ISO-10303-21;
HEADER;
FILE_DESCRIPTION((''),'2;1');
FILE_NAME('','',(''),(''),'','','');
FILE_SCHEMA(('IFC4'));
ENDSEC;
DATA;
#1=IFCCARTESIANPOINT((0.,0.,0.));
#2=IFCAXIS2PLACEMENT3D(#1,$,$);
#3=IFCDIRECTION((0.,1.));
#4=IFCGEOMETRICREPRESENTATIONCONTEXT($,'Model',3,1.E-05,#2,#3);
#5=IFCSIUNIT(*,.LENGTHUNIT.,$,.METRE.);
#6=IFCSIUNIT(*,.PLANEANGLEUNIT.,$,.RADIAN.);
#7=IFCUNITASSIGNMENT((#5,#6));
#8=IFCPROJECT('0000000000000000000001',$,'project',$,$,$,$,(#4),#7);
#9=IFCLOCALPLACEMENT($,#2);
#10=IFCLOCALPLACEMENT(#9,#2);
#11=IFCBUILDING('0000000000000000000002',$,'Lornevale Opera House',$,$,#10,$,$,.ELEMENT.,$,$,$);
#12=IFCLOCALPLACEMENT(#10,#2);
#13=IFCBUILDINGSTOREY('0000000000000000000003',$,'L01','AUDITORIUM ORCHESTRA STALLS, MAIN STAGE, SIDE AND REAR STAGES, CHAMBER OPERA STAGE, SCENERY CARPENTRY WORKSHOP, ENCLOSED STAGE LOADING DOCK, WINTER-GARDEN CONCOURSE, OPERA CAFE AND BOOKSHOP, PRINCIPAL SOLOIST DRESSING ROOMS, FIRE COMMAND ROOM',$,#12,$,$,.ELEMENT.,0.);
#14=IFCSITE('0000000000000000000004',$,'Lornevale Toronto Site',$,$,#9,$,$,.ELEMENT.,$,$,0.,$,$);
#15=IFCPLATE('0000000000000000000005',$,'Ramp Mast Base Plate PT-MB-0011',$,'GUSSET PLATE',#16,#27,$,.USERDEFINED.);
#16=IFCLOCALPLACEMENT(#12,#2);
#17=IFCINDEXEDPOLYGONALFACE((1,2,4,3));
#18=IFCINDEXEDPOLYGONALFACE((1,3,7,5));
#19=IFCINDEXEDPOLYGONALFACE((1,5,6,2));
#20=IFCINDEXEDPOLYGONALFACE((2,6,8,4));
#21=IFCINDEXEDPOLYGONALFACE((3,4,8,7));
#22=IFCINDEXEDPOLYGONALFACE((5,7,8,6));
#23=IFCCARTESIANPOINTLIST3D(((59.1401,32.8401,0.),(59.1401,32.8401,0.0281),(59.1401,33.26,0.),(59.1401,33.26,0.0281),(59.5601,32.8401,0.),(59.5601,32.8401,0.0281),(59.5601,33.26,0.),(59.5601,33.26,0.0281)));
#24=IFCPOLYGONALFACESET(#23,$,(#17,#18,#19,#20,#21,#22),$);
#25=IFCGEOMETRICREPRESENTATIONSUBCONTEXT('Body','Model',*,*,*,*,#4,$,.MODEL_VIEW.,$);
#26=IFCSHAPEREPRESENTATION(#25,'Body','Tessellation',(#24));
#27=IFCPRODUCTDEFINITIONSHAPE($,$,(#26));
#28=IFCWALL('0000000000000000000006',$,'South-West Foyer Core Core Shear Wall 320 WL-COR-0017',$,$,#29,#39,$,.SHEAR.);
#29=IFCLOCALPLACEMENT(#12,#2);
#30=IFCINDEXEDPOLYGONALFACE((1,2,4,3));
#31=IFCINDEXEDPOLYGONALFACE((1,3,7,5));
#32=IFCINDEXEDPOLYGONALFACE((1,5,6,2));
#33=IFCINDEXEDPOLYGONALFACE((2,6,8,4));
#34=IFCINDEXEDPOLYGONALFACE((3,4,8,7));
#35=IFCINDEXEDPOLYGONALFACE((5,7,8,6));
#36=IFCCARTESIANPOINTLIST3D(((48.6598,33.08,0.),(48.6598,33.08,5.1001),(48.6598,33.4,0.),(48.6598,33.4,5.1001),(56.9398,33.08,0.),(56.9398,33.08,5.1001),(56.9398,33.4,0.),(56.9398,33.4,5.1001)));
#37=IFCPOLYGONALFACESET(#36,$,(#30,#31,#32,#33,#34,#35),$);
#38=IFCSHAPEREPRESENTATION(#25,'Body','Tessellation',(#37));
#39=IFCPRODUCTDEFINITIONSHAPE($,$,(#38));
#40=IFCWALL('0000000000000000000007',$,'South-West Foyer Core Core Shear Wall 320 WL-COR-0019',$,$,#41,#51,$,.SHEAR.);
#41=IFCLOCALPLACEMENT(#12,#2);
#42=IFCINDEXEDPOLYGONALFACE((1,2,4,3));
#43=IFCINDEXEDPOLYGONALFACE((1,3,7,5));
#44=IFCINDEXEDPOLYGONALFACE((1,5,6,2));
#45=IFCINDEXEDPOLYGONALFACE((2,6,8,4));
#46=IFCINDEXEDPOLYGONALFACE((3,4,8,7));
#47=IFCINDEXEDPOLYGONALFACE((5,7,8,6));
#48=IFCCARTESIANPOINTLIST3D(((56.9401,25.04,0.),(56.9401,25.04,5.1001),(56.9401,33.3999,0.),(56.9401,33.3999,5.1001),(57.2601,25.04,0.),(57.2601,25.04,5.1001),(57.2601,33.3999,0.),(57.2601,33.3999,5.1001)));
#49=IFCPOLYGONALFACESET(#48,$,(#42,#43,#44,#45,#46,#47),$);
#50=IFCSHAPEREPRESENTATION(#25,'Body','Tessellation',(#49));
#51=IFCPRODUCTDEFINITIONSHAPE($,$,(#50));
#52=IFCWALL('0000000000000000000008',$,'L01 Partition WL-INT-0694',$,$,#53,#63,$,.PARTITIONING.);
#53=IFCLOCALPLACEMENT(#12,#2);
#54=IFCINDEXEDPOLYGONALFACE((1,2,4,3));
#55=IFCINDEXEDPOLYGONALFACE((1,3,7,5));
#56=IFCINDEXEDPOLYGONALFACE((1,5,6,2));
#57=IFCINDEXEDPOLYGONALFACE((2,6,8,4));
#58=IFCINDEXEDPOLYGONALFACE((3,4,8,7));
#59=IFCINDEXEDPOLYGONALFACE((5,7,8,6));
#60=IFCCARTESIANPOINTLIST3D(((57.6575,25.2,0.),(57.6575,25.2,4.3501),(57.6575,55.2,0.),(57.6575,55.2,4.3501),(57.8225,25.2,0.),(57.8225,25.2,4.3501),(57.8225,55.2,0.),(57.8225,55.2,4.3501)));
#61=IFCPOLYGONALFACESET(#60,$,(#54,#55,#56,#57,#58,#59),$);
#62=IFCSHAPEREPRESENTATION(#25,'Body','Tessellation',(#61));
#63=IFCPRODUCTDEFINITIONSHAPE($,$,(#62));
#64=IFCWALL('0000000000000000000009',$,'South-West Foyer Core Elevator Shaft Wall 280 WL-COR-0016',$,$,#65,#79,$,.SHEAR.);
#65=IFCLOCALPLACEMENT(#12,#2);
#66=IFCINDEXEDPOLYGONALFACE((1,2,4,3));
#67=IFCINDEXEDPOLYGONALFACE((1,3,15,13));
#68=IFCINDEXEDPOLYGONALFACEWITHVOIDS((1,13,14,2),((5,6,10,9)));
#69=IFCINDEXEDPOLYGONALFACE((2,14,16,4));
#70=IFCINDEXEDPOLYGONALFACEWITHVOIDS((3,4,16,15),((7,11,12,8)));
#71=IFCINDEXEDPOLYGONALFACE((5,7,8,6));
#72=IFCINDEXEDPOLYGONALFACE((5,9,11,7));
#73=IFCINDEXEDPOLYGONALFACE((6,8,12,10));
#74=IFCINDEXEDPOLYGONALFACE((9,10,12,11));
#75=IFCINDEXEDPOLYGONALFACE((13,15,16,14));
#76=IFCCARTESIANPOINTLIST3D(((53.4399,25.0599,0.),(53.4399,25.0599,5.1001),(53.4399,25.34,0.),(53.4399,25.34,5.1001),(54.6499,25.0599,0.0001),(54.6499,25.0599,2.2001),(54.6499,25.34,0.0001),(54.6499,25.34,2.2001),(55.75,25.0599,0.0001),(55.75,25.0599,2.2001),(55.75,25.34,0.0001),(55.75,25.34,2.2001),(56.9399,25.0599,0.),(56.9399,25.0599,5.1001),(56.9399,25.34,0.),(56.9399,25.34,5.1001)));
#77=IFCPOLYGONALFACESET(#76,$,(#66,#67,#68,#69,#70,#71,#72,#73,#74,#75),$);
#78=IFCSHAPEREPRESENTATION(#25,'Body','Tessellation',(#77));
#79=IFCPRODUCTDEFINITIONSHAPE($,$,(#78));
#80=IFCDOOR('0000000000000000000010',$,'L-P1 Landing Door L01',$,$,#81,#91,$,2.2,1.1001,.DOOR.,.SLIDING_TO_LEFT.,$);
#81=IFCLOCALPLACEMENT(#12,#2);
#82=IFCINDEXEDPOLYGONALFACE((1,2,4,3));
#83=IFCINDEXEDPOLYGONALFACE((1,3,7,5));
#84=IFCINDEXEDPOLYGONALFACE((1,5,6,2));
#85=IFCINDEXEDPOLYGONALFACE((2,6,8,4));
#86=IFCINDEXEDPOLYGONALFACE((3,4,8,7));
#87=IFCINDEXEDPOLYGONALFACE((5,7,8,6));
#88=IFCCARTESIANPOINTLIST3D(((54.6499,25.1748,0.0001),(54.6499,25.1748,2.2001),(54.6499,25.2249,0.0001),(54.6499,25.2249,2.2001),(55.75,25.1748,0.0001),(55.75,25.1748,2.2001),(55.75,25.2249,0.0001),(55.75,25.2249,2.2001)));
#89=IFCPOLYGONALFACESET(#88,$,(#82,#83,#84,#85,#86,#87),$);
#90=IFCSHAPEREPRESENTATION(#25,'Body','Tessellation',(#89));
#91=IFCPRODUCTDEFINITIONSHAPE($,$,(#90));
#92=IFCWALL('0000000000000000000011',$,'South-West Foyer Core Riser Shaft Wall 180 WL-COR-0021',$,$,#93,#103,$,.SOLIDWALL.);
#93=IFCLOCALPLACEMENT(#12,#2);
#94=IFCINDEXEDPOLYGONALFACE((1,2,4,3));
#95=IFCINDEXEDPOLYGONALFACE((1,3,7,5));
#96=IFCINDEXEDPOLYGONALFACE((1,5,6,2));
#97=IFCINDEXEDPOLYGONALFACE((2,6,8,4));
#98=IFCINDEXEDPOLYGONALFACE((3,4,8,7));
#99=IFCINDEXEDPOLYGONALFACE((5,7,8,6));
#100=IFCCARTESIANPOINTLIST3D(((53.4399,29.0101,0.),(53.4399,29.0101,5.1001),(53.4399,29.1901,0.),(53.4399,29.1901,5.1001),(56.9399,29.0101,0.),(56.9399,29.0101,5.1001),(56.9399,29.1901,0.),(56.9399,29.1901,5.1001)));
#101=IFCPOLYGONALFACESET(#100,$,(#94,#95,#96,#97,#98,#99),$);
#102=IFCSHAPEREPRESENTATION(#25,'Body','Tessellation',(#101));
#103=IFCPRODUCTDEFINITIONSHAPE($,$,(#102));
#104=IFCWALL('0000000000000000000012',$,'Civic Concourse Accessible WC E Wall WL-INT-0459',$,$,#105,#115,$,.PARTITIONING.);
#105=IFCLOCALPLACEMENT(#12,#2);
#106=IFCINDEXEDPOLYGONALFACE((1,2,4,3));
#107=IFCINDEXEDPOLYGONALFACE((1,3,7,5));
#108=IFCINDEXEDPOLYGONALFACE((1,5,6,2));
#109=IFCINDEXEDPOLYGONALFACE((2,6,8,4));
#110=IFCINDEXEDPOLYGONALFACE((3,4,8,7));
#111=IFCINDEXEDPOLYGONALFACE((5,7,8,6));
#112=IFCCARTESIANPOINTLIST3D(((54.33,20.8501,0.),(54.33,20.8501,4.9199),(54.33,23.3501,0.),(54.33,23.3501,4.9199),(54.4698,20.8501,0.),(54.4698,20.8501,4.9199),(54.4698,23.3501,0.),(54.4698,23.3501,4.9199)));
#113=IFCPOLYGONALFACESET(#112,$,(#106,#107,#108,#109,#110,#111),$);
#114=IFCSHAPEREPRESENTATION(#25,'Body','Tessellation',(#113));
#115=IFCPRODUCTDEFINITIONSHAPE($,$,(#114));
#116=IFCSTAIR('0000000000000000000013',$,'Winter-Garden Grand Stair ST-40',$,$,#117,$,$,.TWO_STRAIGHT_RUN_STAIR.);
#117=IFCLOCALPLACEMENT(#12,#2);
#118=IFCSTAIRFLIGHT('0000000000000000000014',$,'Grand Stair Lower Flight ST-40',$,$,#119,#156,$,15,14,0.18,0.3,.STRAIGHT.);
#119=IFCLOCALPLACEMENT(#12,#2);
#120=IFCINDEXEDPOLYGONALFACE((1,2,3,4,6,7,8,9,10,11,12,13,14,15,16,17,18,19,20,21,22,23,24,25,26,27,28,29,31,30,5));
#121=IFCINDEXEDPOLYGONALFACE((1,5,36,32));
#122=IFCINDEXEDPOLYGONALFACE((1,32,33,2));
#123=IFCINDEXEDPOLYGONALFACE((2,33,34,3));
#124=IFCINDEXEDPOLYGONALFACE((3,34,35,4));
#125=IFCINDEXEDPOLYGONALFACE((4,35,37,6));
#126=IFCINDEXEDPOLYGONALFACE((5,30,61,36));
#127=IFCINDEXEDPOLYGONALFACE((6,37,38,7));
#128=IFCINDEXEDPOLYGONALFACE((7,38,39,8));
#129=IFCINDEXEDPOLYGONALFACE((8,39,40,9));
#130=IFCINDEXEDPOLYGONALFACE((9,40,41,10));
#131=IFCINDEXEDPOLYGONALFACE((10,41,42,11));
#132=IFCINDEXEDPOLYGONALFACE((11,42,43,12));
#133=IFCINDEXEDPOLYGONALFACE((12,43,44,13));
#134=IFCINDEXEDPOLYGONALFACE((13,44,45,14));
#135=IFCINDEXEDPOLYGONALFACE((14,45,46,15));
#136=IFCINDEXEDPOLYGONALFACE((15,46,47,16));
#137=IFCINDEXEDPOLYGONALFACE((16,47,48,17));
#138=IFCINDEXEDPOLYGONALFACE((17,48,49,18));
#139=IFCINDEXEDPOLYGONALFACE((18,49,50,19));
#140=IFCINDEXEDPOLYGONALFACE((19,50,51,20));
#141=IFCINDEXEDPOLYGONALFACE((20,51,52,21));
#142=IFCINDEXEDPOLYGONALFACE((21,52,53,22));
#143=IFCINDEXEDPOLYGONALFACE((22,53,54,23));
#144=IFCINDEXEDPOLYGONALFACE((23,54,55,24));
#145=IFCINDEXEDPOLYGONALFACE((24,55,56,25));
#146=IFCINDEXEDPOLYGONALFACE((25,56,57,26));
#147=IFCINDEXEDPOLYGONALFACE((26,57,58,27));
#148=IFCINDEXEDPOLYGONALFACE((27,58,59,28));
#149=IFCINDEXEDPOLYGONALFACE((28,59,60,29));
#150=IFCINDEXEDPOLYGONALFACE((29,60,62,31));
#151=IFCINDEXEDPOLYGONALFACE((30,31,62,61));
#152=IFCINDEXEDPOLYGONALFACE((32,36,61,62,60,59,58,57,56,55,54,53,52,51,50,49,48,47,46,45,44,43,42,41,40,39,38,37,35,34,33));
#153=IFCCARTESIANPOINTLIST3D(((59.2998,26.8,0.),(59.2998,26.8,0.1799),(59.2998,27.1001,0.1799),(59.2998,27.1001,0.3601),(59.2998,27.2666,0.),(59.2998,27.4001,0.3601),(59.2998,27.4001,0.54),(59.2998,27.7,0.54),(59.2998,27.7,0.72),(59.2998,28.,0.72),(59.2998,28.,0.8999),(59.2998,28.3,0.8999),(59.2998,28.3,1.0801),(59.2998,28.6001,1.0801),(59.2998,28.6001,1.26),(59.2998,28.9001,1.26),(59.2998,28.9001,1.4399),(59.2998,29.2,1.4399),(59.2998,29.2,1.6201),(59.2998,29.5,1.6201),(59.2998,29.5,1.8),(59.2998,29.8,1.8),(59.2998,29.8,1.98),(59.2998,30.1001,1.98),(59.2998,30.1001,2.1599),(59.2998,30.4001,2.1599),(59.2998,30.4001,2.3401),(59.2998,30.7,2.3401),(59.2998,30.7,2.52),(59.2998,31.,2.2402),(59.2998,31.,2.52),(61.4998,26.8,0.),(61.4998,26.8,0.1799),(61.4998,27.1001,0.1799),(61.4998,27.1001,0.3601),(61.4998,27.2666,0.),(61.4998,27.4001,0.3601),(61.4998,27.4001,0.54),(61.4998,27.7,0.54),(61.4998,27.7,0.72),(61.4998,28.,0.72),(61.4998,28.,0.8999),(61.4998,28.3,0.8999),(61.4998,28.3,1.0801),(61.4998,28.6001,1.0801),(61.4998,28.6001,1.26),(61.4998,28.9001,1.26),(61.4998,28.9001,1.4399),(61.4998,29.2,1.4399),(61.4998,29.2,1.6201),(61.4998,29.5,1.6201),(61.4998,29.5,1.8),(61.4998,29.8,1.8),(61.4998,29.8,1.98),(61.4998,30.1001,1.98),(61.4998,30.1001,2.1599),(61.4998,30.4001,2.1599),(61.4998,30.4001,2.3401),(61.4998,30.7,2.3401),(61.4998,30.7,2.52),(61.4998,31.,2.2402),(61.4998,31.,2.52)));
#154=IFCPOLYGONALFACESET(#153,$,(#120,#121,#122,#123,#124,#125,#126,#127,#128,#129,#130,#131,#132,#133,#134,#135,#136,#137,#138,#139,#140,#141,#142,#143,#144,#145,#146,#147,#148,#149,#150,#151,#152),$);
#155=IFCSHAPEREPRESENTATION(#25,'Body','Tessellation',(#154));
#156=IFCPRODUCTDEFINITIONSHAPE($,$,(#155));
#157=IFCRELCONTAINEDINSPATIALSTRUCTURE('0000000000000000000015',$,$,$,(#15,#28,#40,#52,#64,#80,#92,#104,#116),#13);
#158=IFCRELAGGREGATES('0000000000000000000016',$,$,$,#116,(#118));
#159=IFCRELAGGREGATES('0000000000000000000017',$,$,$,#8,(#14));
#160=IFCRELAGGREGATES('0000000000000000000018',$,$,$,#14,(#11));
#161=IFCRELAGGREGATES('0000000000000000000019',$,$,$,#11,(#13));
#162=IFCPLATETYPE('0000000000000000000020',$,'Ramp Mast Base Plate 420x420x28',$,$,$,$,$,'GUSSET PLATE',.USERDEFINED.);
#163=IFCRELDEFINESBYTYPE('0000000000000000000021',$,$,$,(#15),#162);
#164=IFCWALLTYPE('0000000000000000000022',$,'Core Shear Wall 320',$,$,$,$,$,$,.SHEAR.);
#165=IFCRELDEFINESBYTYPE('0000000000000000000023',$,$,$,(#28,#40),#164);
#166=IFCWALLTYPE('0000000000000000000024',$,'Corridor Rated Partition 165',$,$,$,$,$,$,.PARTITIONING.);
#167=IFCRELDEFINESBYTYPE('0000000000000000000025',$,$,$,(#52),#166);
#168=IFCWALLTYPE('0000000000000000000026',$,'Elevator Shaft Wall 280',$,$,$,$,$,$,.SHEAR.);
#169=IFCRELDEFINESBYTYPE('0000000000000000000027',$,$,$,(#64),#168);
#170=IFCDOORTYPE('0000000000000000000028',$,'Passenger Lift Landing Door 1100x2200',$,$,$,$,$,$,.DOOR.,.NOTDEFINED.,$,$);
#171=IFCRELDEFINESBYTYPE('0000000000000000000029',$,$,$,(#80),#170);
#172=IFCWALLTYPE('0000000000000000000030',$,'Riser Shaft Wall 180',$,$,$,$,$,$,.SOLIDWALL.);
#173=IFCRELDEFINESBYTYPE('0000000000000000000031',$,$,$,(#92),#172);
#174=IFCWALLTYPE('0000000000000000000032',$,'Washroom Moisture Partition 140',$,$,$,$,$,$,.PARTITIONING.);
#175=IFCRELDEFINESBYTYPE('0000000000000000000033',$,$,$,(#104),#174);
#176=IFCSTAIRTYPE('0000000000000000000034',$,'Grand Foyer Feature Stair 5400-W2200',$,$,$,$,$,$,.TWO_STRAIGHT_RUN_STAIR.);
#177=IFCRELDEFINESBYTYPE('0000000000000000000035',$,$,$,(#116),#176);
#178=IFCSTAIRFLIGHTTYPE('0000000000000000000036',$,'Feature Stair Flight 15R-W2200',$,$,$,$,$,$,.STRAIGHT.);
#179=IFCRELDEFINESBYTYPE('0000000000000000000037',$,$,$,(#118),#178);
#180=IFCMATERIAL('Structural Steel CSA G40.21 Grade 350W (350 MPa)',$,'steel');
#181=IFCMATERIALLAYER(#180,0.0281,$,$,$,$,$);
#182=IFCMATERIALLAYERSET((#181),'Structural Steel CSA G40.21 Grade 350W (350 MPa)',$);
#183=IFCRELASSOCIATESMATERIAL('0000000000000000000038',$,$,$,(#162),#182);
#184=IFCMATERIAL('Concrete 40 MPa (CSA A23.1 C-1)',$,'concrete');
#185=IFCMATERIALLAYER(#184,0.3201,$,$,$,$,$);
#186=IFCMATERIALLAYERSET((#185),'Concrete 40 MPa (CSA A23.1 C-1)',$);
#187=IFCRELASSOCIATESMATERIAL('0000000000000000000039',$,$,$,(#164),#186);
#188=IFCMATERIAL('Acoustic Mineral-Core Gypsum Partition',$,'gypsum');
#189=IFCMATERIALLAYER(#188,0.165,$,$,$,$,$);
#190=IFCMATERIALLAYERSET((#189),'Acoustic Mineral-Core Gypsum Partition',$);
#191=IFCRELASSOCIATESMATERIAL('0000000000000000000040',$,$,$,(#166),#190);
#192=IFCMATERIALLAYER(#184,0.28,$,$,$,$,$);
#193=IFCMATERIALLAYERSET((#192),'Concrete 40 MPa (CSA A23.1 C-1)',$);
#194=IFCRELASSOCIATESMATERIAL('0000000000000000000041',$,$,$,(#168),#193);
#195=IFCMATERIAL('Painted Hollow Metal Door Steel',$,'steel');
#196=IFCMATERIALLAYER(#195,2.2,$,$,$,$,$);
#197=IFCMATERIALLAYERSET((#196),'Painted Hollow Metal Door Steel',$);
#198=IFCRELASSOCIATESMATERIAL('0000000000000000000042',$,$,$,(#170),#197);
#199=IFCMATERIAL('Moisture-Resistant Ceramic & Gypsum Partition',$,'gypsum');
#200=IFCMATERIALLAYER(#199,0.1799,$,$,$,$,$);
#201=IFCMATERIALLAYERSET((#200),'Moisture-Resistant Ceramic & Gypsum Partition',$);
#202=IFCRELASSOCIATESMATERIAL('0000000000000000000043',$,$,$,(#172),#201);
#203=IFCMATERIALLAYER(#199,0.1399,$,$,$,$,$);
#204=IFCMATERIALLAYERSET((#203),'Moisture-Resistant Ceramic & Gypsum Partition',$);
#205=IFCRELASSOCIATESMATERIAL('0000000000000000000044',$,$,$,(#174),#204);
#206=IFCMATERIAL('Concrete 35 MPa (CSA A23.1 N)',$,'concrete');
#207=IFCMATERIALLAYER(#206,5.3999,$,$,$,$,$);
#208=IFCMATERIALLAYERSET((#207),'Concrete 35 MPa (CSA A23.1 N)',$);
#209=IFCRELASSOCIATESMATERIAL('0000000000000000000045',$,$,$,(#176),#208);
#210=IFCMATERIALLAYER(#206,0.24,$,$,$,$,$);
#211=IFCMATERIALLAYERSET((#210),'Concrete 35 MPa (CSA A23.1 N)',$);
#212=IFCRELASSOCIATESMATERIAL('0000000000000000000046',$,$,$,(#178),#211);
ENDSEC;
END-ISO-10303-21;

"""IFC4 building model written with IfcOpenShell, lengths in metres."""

from ifc_helpers import new_model, si_unit, direction, frame, frame_2d, origin, origin_2d, place, context, subcontext, project, spatial, polyline, rectangle, outline, extrude, material, layer, layer_set, type_object, element, fill, aggregate, save


model = new_model("IFC4")

# Units and contexts
model_context = context("Model", 3, precision=1e-05, world=origin(), true_north=direction((0.0, 1.0)))
body_context = subcontext(model_context, "Body", "Model", "MODEL_VIEW")
ifc_project = project(units=[si_unit("LENGTHUNIT", "METRE"), si_unit("PLANEANGLEUNIT", "RADIAN")], contexts=[model_context])

# Site, building, storey
site_placement = place(None, origin())
site = spatial("IfcSite", under=ifc_project, at=site_placement, Name="Lornevale Toronto Site", CompositionType="ELEMENT", RefElevation=0.0)
building_placement = place(site_placement, origin())
building = spatial("IfcBuilding", under=site, at=building_placement, Name="Lornevale Opera House", CompositionType="ELEMENT")
storey_placement = place(building_placement, origin())
storey = spatial("IfcBuildingStorey", under=building, at=storey_placement, Name="L01", Description="AUDITORIUM ORCHESTRA STALLS, MAIN STAGE, SIDE AND REAR STAGES, CHAMBER OPERA STAGE, SCENERY CARPENTRY WORKSHOP, ENCLOSED STAGE LOADING DOCK, WINTER-GARDEN CONCOURSE, OPERA CAFE AND BOOKSHOP, PRINCIPAL SOLOIST DRESSING ROOMS, FIRE COMMAND ROOM", CompositionType="ELEMENT", Elevation=0.0)

# Shared definitions
ifc_material_1 = material(Name="Concrete 40 MPa (CSA A23.1 C-1)", Category="concrete")
ifc_material_2 = material(Name="Structural Steel CSA G40.21 Grade 350W (350 MPa)", Category="steel")

# Shared definitions
ifc_material_3 = material(Name="Concrete 35 MPa (CSA A23.1 N)", Category="concrete")

# Plate
ifc_layer_1 = layer(ifc_material_2, 0.0281)
ifc_layer_set_1 = layer_set([ifc_layer_1], Name="Structural Steel CSA G40.21 Grade 350W (350 MPa)")
plate_type_1 = type_object("IfcPlateType", Name="Ramp Mast Base Plate 420x420x28", ElementType="GUSSET PLATE", PredefinedType="USERDEFINED", material=ifc_layer_set_1)
for number, where, z_axis, x_axis, name in (
    (1, (59.3501, 33.05, 0.0), (0.0, 0.0, 1.0), (1.0, 0.0, 0.0), "Ramp Mast Base Plate PT-MB-0011"),
):
    element("IfcPlate", number, at=place(storey_placement, frame(where, z_axis=z_axis, x_axis=x_axis)), inside=storey, type_object=plate_type_1, Name=name, ObjectType="GUSSET PLATE", PredefinedType="USERDEFINED", context=body_context, shape_type="SweptSolid", body=[
        extrude(rectangle(XDim=0.4199, YDim=0.4199, at=origin_2d()), origin(), (0.0, 0.0, 1.0), 0.0281),
    ])

# Walls
ifc_layer_2 = layer(ifc_material_1, 0.3201)
ifc_layer_set_2 = layer_set([ifc_layer_2], Name="Concrete 40 MPa (CSA A23.1 C-1)")
wall_type_1 = type_object("IfcWallType", Name="Core Shear Wall 320", PredefinedType="SHEAR", material=ifc_layer_set_2)
wall_1_placement = place(storey_placement, frame((56.9399, 33.24, 0.0), z_axis=(0.0, 0.0, 1.0), x_axis=(-1.0, 0.0, 0.0)))
element("IfcWall", 2, at=wall_1_placement, inside=storey, type_object=wall_type_1, Name="South-West Foyer Core Core Shear Wall 320 WL-COR-0017", PredefinedType="SHEAR", context=body_context, shape_type="SweptSolid", body=[
    extrude(rectangle(XDim=8.28, YDim=0.3201, at=frame_2d((4.1401, 0.0))), origin(), (0.0, 0.0, 1.0), 5.1001),
])
wall_2_placement = place(storey_placement, frame((57.1001, 25.04, 0.0), z_axis=(0.0, 0.0, 1.0), x_axis=(0.0, 1.0, 0.0)))
element("IfcWall", 3, at=wall_2_placement, inside=storey, type_object=wall_type_1, Name="South-West Foyer Core Core Shear Wall 320 WL-COR-0019", PredefinedType="SHEAR", context=body_context, shape_type="SweptSolid", body=[
    extrude(rectangle(XDim=8.3599, YDim=0.3201, at=frame_2d((4.1799, 0.0))), origin(), (0.0, 0.0, 1.0), 5.1001),
])
ifc_material_4 = material(Name="Acoustic Mineral-Core Gypsum Partition", Category="gypsum")
ifc_layer_3 = layer(ifc_material_4, 0.165)
ifc_layer_set_3 = layer_set([ifc_layer_3], Name="Acoustic Mineral-Core Gypsum Partition")
wall_type_2 = type_object("IfcWallType", Name="Corridor Rated Partition 165", PredefinedType="PARTITIONING", material=ifc_layer_set_3)
wall_3_placement = place(storey_placement, frame((57.74, 25.2, 0.0), z_axis=(0.0, 0.0, 1.0), x_axis=(0.0, 1.0, 0.0)))
element("IfcWall", 4, at=wall_3_placement, inside=storey, type_object=wall_type_2, Name="L01 Partition WL-INT-0694", PredefinedType="PARTITIONING", context=body_context, shape_type="SweptSolid", body=[
    extrude(rectangle(XDim=30.0, YDim=0.165, at=frame_2d((15.0, 0.0))), origin(), (0.0, 0.0, 1.0), 4.3501),
])

# Wall, opening, door
ifc_layer_4 = layer(ifc_material_1, 0.28)
ifc_layer_set_4 = layer_set([ifc_layer_4], Name="Concrete 40 MPa (CSA A23.1 C-1)")
wall_type_3 = type_object("IfcWallType", Name="Elevator Shaft Wall 280", PredefinedType="SHEAR", material=ifc_layer_set_4)
wall_4_placement = place(storey_placement, frame((53.4399, 25.2, 0.0), z_axis=(0.0, 0.0, 1.0), x_axis=(1.0, 0.0, 0.0)))
wall_4 = element("IfcWall", 5, at=wall_4_placement, inside=storey, type_object=wall_type_3, Name="South-West Foyer Core Elevator Shaft Wall 280 WL-COR-0016", PredefinedType="SHEAR", context=body_context, shape_type="SweptSolid", body=[
    extrude(rectangle(XDim=3.5, YDim=0.28, at=frame_2d((1.75, 0.0))), origin(), (0.0, 0.0, 1.0), 5.1001),
])
opening_placement = place(wall_4_placement, frame((1.21, 0.0, 0.0)))
opening = element("IfcOpeningElement", 6, at=opening_placement, cuts=wall_4, PredefinedType="OPENING", context=body_context, shape_type="SweptSolid", body=[
    extrude(rectangle(XDim=1.1001, YDim=2.2, at=frame_2d((0.55, 1.1001))), frame((0.0, 0.1499, 0.0), z_axis=(0.0, -1.0, 0.0), x_axis=(1.0, 0.0, 0.0)), (0.0, 0.0, 1.0), 0.3),
])
ifc_material_5 = material(Name="Painted Hollow Metal Door Steel", Category="steel")
ifc_layer_5 = layer(ifc_material_5, 2.2)
ifc_layer_set_5 = layer_set([ifc_layer_5], Name="Painted Hollow Metal Door Steel")
door_type = type_object("IfcDoorType", Name="Passenger Lift Landing Door 1100x2200", OperationType="NOTDEFINED", PredefinedType="DOOR", material=ifc_layer_set_5)
door_placement = place(opening_placement, origin())
door = element("IfcDoor", 7, at=door_placement, inside=storey, type_object=door_type, Name="L-P1 Landing Door L01", OperationType="SLIDING_TO_LEFT", OverallHeight=2.2, OverallWidth=1.1001, PredefinedType="DOOR", context=body_context, shape_type="SweptSolid", body=[
    extrude(rectangle(XDim=1.1001, YDim=2.2, at=frame_2d((0.55, 1.1001))), frame((0.0, 0.0249, 0.0), z_axis=(0.0, -1.0, 0.0), x_axis=(1.0, 0.0, 0.0)), (0.0, 0.0, 1.0), 0.05),
])
fill(opening, door)

# Walls
ifc_material_6 = material(Name="Moisture-Resistant Ceramic & Gypsum Partition", Category="gypsum")
ifc_layer_6 = layer(ifc_material_6, 0.1799)
ifc_layer_set_6 = layer_set([ifc_layer_6], Name="Moisture-Resistant Ceramic & Gypsum Partition")
wall_type_4 = type_object("IfcWallType", Name="Riser Shaft Wall 180", PredefinedType="SOLIDWALL", material=ifc_layer_set_6)
wall_5_placement = place(storey_placement, frame((53.4399, 29.1001, 0.0), z_axis=(0.0, 0.0, 1.0), x_axis=(1.0, 0.0, 0.0)))
element("IfcWall", 8, at=wall_5_placement, inside=storey, type_object=wall_type_4, Name="South-West Foyer Core Riser Shaft Wall 180 WL-COR-0021", PredefinedType="SOLIDWALL", context=body_context, shape_type="SweptSolid", body=[
    extrude(rectangle(XDim=3.5, YDim=0.1799, at=frame_2d((1.75, 0.0))), origin(), (0.0, 0.0, 1.0), 5.1001),
])
ifc_layer_7 = layer(ifc_material_6, 0.1399)
ifc_layer_set_7 = layer_set([ifc_layer_7], Name="Moisture-Resistant Ceramic & Gypsum Partition")
wall_type_5 = type_object("IfcWallType", Name="Washroom Moisture Partition 140", PredefinedType="PARTITIONING", material=ifc_layer_set_7)
wall_6_placement = place(storey_placement, frame((54.3999, 20.8501, 0.0), z_axis=(0.0, 0.0, 1.0), x_axis=(0.0, 1.0, 0.0)))
element("IfcWall", 9, at=wall_6_placement, inside=storey, type_object=wall_type_5, Name="Civic Concourse Accessible WC E Wall WL-INT-0459", PredefinedType="PARTITIONING", context=body_context, shape_type="SweptSolid", body=[
    extrude(rectangle(XDim=2.5, YDim=0.1399, at=frame_2d((1.25, 0.0))), origin(), (0.0, 0.0, 1.0), 4.9199),
])

# Stair, stair flight
ifc_layer_8 = layer(ifc_material_3, 5.3999)
ifc_layer_set_8 = layer_set([ifc_layer_8], Name="Concrete 35 MPa (CSA A23.1 N)")
stair_type = type_object("IfcStairType", Name="Grand Foyer Feature Stair 5400-W2200", PredefinedType="TWO_STRAIGHT_RUN_STAIR", material=ifc_layer_set_8)
stair_placement = place(storey_placement, origin())
stair = element("IfcStair", 10, at=stair_placement, inside=storey, type_object=stair_type, Name="Winter-Garden Grand Stair ST-40", PredefinedType="TWO_STRAIGHT_RUN_STAIR")
ifc_layer_9 = layer(ifc_material_3, 0.24)
ifc_layer_set_9 = layer_set([ifc_layer_9], Name="Concrete 35 MPa (CSA A23.1 N)")
stair_flight_type = type_object("IfcStairFlightType", Name="Feature Stair Flight 15R-W2200", PredefinedType="STRAIGHT", material=ifc_layer_set_9)
stair_flight_placement = place(storey_placement, frame((60.3999, 26.8, 0.0), z_axis=(0.0, 0.0, 1.0), x_axis=(0.0, 1.0, 0.0)))
stair_flight = element("IfcStairFlight", 11, at=stair_flight_placement, type_object=stair_flight_type, Name="Grand Stair Lower Flight ST-40", NumberOfRisers=15, NumberOfTreads=14, PredefinedType="STRAIGHT", RiserHeight=0.18, TreadLength=0.3, context=body_context, shape_type="SweptSolid", body=[
    extrude(outline(polyline([(0.0, 0.0), (0.0, 0.1799), (0.3, 0.1799), (0.3, 0.3601), (0.6001, 0.3601), (0.6001, 0.54), (0.8999, 0.54), (0.8999, 0.72), (1.2, 0.72), (1.2, 0.8999), (1.5, 0.8999), (1.5, 1.0801), (1.8, 1.0801), (1.8, 1.26), (2.1001, 1.26), (2.1001, 1.4399), (2.3999, 1.4399), (2.3999, 1.6201), (2.7, 1.6201), (2.7, 1.8), (3.0, 1.8), (3.0, 1.98), (3.3, 1.98), (3.3, 2.1599), (3.6001, 2.1599), (3.6001, 2.3401), (3.8999, 2.3401), (3.8999, 2.52), (4.2, 2.52), (4.2, 2.2402), (0.4666, 0.0), (0.0, 0.0)])), frame((0.0, 1.1001, 0.0), z_axis=(0.0, -1.0, 0.0), x_axis=(1.0, 0.0, 0.0)), (0.0, 0.0, 1.0), 2.2),
])
aggregate(stair, [stair_flight])

save(model, "model.ifc")
